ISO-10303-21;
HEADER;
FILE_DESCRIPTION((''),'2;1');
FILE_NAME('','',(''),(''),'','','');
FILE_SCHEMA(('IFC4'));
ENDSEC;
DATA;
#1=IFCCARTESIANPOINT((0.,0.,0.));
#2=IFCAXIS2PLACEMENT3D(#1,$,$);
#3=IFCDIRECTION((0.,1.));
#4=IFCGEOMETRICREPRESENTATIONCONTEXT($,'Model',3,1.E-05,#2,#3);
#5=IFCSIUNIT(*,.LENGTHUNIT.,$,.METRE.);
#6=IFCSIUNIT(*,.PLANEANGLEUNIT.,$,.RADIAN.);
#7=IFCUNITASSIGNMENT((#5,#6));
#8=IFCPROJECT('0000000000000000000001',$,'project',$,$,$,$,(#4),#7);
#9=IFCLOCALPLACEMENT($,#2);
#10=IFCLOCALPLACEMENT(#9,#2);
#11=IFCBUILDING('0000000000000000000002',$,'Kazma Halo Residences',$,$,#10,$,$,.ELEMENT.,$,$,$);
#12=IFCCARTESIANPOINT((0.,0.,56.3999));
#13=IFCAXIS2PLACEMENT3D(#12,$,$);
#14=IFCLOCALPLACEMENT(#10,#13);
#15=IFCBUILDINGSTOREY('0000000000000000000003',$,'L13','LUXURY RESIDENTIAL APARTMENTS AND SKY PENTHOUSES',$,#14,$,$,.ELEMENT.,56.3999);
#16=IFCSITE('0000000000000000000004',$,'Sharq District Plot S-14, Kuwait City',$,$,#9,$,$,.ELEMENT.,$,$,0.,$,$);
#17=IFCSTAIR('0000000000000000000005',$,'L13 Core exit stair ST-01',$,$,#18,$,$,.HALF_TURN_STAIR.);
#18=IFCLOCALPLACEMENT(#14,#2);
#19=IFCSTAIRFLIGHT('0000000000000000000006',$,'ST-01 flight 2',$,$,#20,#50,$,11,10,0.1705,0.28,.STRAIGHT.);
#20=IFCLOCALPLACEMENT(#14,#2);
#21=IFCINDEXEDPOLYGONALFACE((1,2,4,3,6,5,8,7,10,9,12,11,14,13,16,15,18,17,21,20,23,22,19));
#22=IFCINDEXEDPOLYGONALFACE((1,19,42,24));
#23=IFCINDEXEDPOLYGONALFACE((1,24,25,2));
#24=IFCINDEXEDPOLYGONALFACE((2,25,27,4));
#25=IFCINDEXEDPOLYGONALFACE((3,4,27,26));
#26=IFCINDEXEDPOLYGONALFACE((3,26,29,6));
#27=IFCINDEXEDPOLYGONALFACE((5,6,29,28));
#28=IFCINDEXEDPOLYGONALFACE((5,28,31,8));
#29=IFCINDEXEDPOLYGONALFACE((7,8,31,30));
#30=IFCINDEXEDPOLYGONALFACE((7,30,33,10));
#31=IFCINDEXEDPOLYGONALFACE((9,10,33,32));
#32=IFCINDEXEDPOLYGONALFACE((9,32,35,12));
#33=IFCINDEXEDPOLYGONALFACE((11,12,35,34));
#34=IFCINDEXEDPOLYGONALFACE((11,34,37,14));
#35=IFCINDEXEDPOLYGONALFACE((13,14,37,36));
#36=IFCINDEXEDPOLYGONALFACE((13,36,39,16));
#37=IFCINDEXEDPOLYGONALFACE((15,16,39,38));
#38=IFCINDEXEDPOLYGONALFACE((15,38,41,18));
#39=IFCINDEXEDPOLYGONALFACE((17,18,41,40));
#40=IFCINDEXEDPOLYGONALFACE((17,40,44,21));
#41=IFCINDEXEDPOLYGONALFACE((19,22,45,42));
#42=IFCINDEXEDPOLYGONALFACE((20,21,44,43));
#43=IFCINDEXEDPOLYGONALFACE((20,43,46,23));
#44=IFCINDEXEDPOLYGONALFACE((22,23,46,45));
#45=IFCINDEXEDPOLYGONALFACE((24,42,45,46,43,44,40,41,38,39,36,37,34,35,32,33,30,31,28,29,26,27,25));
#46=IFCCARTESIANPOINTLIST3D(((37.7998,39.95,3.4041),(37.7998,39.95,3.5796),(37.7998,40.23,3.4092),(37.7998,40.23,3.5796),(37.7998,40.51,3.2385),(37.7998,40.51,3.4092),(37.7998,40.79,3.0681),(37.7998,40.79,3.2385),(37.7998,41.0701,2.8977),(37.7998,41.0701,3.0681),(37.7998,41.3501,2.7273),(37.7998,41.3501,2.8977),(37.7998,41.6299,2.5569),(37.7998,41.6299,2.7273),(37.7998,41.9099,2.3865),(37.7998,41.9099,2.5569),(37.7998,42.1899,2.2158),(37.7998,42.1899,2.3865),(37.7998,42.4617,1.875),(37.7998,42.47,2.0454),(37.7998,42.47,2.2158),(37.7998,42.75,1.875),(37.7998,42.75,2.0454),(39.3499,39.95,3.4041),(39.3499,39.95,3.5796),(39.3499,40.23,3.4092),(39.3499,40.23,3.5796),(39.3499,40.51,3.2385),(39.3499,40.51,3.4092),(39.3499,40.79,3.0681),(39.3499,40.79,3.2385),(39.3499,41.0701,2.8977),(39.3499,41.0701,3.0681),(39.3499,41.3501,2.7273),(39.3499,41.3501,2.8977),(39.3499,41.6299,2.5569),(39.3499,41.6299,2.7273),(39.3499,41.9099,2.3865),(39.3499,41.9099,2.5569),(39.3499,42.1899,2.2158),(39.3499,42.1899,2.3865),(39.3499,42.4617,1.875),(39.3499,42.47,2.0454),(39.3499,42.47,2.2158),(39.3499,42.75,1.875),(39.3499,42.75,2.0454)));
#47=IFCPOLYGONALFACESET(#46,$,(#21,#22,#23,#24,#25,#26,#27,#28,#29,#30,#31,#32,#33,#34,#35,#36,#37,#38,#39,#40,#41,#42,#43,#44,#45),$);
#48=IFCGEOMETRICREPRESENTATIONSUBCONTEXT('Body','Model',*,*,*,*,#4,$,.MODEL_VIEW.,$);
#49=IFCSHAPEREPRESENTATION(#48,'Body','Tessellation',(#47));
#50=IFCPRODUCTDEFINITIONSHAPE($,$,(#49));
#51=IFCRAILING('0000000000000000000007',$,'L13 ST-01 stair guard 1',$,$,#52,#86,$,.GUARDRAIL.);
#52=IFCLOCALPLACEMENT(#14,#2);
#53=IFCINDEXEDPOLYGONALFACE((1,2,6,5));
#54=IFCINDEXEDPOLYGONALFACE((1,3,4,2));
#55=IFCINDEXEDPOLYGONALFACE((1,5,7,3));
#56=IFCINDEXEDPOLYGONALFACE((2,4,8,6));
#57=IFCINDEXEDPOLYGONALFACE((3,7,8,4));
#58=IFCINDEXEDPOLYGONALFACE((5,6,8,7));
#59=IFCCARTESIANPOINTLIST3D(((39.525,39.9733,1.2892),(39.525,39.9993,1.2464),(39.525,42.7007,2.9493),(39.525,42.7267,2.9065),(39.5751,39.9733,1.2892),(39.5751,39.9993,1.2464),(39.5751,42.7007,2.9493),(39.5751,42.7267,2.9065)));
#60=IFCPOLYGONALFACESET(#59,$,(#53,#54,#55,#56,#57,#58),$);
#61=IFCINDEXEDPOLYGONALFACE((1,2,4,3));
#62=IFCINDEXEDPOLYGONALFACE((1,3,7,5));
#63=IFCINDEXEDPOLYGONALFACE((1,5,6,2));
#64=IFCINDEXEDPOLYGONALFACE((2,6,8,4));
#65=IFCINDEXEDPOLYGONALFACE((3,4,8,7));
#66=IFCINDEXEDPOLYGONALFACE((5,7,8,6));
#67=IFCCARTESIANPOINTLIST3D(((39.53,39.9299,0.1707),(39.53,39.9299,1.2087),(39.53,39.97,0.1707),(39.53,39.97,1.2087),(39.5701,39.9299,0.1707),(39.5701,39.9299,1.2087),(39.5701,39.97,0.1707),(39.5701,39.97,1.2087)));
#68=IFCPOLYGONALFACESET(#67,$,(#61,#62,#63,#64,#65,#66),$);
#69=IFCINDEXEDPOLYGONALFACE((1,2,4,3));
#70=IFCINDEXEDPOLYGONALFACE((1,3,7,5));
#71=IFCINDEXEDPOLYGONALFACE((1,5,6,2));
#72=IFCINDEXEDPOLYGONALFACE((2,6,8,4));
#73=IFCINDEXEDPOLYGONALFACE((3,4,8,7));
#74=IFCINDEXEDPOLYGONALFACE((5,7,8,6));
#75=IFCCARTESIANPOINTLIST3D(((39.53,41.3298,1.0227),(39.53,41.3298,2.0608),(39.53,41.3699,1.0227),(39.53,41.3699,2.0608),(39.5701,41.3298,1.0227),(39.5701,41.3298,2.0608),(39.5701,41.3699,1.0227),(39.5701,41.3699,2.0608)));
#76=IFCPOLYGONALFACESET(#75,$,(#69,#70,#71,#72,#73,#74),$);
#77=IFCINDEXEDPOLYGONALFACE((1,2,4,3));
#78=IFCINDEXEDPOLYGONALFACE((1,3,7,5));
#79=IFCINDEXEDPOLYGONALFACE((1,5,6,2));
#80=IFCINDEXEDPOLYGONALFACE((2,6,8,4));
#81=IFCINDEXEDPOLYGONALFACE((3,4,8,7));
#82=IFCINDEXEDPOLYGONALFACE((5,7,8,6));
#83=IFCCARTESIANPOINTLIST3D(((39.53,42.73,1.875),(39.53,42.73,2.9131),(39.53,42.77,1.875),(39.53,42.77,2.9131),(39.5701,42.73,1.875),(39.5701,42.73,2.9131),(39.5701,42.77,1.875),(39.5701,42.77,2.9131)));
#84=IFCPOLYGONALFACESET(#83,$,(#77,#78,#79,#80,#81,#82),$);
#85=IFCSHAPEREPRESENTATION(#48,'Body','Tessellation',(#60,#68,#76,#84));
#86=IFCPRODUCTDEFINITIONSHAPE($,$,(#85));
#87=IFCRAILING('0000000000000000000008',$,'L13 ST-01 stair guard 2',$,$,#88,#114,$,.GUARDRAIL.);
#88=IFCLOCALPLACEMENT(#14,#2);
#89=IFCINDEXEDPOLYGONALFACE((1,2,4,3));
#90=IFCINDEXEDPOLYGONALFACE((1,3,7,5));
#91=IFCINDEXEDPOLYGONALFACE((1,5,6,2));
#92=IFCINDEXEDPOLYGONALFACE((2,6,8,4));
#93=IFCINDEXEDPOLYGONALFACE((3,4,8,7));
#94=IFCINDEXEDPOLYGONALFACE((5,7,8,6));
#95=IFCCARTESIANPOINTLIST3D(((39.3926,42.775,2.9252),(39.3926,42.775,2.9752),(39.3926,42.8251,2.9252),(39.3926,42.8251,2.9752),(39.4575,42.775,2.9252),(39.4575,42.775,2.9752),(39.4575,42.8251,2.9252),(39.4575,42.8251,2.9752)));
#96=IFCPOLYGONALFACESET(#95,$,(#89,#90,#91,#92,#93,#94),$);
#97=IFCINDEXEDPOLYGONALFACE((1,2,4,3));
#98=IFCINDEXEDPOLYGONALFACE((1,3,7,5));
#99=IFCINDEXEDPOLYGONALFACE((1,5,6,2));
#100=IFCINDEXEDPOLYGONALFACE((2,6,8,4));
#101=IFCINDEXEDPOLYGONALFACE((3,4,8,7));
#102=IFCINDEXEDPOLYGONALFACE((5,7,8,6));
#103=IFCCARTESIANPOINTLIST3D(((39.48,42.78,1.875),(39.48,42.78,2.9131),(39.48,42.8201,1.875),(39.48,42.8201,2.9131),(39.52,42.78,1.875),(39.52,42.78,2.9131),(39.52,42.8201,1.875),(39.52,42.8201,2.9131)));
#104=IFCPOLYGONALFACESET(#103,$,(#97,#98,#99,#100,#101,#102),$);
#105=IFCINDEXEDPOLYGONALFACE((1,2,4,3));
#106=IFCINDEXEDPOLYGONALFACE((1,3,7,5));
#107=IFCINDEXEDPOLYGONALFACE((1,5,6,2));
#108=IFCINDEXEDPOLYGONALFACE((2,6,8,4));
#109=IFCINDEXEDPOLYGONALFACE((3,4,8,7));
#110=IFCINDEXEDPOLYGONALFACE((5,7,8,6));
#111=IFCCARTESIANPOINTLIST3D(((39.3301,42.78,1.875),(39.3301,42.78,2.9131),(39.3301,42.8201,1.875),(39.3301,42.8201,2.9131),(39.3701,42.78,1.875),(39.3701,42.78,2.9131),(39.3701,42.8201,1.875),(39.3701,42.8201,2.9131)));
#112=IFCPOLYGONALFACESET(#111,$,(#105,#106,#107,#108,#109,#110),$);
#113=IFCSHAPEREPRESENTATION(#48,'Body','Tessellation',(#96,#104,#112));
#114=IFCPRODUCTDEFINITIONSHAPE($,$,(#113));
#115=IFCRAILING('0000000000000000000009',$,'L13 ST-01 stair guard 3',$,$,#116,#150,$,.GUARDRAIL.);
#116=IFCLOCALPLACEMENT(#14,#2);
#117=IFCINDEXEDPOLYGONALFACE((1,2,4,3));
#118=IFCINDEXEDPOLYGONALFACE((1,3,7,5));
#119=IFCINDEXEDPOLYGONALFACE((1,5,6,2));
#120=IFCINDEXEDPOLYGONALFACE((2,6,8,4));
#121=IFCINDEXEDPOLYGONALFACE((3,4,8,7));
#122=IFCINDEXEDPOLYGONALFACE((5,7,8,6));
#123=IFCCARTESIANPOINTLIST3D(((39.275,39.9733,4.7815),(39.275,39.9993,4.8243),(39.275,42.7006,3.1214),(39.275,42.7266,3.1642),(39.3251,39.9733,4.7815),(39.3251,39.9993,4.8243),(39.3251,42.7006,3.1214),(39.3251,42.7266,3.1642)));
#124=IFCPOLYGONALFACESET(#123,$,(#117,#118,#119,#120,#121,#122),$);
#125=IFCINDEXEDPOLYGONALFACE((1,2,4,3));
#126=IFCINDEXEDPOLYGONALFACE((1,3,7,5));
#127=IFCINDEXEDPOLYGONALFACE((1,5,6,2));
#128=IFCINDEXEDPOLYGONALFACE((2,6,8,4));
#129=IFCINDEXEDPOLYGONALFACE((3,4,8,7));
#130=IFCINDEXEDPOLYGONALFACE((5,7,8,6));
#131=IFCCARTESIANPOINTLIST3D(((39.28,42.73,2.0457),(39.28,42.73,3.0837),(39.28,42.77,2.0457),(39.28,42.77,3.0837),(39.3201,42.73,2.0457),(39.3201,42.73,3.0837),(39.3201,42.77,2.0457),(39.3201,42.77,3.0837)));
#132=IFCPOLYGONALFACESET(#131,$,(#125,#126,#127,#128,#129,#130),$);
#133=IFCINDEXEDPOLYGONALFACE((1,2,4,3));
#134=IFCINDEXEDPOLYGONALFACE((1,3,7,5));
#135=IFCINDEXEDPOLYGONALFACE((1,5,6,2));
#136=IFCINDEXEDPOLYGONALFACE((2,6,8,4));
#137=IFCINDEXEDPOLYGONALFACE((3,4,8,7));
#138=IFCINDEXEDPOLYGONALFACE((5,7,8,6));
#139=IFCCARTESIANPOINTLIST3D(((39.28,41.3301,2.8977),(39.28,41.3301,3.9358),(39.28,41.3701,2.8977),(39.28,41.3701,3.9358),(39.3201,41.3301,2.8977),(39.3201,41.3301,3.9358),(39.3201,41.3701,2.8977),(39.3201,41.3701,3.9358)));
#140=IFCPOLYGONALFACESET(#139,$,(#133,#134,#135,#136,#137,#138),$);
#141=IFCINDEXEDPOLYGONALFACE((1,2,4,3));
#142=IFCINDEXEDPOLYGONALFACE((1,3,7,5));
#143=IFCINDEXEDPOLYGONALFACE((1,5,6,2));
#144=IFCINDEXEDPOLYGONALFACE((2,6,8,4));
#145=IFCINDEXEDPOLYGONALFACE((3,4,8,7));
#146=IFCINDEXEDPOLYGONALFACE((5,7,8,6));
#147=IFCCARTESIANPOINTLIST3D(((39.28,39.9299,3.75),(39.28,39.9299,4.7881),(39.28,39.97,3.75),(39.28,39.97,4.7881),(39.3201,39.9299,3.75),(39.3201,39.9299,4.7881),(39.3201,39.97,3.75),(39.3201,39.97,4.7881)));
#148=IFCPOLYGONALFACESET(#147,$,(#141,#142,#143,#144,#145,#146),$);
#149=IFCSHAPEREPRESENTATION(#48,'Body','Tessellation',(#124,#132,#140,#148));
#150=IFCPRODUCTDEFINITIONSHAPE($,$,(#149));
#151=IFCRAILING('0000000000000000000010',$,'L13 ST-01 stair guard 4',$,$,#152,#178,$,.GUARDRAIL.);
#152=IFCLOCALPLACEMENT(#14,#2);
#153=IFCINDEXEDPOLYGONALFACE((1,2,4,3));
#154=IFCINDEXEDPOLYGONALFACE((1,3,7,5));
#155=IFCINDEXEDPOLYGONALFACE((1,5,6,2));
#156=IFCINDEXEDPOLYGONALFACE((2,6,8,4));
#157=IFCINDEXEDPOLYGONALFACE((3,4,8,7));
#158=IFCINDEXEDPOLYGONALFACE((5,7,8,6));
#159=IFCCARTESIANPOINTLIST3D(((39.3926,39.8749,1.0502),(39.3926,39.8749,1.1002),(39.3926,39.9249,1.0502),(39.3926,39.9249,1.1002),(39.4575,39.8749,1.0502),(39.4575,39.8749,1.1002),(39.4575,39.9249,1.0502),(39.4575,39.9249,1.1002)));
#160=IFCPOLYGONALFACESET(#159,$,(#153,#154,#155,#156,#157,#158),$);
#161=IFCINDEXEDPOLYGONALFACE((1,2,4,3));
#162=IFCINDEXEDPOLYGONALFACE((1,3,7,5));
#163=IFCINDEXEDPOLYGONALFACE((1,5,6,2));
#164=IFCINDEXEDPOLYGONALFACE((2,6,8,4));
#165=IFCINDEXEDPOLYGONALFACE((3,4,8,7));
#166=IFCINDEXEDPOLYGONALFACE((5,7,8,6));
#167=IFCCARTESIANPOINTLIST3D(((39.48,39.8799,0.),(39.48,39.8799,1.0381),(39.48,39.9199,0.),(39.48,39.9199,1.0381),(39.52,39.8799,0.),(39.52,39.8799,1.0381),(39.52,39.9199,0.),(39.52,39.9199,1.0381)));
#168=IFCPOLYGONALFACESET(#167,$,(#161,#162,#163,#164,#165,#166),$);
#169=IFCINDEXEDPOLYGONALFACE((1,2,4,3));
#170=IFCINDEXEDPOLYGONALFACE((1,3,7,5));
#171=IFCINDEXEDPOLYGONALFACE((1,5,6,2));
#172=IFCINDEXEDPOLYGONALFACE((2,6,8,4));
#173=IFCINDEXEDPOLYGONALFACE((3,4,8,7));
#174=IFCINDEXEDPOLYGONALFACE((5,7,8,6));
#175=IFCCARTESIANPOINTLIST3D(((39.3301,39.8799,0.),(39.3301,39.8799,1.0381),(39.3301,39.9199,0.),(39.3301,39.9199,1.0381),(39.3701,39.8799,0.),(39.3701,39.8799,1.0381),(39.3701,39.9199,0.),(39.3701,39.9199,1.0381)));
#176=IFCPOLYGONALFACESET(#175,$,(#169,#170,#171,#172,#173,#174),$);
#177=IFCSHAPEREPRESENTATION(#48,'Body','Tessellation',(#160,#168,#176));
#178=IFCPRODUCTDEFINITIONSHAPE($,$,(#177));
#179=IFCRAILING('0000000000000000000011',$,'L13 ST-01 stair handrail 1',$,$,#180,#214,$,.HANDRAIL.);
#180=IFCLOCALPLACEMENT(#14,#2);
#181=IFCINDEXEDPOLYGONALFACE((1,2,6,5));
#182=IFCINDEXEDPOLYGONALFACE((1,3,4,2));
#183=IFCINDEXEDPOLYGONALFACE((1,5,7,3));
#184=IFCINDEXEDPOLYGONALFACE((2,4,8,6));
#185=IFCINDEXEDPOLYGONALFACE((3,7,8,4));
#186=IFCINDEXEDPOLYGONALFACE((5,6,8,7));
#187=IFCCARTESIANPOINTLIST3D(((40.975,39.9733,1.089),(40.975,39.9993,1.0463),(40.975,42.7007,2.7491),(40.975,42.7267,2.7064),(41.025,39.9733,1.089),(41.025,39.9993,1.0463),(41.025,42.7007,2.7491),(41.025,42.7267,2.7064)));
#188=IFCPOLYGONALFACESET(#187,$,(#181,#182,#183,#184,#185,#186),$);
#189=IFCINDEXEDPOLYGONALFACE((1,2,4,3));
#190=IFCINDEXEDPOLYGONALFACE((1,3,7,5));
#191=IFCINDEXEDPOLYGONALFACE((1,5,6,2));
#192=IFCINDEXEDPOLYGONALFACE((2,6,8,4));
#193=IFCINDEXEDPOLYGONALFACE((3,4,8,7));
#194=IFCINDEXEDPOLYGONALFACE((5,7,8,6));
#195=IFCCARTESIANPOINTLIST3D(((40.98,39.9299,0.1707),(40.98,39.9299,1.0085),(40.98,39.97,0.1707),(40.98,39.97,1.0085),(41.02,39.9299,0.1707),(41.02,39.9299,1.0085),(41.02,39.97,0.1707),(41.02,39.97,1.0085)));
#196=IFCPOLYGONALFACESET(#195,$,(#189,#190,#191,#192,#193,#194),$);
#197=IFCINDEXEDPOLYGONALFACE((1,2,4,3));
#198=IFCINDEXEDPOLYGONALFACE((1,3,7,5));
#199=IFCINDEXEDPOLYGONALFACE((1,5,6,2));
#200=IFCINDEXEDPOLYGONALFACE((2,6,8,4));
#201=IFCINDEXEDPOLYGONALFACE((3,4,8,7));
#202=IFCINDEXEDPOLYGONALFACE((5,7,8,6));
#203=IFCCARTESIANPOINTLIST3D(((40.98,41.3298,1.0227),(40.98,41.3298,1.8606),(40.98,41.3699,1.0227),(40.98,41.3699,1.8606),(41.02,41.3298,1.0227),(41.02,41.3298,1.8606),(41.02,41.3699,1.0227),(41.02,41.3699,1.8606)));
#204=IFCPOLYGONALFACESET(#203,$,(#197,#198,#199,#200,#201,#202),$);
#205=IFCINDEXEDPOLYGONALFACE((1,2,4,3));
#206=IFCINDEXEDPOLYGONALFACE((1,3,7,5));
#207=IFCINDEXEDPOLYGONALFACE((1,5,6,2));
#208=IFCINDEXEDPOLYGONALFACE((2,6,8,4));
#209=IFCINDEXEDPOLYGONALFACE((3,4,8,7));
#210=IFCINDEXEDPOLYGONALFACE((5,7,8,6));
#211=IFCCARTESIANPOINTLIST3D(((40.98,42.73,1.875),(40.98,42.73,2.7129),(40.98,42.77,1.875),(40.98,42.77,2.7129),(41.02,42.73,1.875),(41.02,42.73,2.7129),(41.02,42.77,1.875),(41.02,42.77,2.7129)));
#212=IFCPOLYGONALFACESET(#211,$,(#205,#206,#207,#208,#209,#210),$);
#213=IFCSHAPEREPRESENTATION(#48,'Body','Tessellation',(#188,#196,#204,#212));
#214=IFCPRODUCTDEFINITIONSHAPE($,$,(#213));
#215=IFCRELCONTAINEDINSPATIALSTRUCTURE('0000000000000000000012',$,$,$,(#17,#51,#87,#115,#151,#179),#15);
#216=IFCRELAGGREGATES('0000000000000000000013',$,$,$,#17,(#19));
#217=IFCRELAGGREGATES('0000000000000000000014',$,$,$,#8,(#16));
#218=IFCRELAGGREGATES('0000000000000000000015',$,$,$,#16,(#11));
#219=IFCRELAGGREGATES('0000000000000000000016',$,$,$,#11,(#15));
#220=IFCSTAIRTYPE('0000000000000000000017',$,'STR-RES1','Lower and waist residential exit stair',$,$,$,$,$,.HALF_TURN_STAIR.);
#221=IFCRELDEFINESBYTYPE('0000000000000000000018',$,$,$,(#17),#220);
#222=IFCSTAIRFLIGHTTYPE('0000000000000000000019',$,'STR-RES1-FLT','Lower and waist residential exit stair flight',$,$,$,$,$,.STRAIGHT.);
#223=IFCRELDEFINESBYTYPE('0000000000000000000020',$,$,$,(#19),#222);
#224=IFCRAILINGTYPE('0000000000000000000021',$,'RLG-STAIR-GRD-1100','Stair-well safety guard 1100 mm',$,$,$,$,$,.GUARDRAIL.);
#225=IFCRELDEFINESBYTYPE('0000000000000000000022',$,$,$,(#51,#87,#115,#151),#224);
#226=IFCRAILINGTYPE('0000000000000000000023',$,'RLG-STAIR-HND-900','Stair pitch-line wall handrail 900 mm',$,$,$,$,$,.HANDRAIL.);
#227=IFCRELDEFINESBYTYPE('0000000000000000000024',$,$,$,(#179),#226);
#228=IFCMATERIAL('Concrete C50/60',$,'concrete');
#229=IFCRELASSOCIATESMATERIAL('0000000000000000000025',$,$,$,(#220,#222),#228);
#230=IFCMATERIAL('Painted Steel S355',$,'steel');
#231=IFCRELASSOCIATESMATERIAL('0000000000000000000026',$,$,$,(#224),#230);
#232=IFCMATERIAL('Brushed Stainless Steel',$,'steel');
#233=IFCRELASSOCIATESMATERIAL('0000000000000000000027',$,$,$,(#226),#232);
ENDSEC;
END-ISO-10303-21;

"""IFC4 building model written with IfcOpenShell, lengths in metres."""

from ifc_helpers import new_model, si_unit, direction, frame, origin, origin_2d, place, context, subcontext, project, spatial, polyline, rectangle, outline, extrude, material, type_object, element, aggregate, save


model = new_model("IFC4")

# Units and contexts
model_context = context("Model", 3, precision=1e-05, world=origin(), true_north=direction((0.0, 1.0)))
body_context = subcontext(model_context, "Body", "Model", "MODEL_VIEW")
ifc_project = project(units=[si_unit("LENGTHUNIT", "METRE"), si_unit("PLANEANGLEUNIT", "RADIAN")], contexts=[model_context])

# Site, building, storey
site_placement = place(None, origin())
site = spatial("IfcSite", under=ifc_project, at=site_placement, Name="Sharq District Plot S-14, Kuwait City", CompositionType="ELEMENT", RefElevation=0.0)
building_placement = place(site_placement, origin())
building = spatial("IfcBuilding", under=site, at=building_placement, Name="Kazma Halo Residences", CompositionType="ELEMENT")
storey_placement = place(building_placement, frame((0.0, 0.0, 56.3999)))
storey = spatial("IfcBuildingStorey", under=building, at=storey_placement, Name="L13", Description="LUXURY RESIDENTIAL APARTMENTS AND SKY PENTHOUSES", CompositionType="ELEMENT", Elevation=56.3999)

# Stair, stair flight
ifc_material_1 = material(Name="Concrete C50/60", Category="concrete")
stair_type = type_object("IfcStairType", Name="STR-RES1", Description="Lower and waist residential exit stair", PredefinedType="HALF_TURN_STAIR", material=ifc_material_1)
stair_placement = place(storey_placement, origin())
stair = element("IfcStair", 1, at=stair_placement, inside=storey, type_object=stair_type, Name="L13 Core exit stair ST-01", PredefinedType="HALF_TURN_STAIR")
stair_flight_type = type_object("IfcStairFlightType", Name="STR-RES1-FLT", Description="Lower and waist residential exit stair flight", PredefinedType="STRAIGHT", material=ifc_material_1)
stair_flight_1_placement = place(storey_placement, frame((38.575, 42.75, 1.875), z_axis=(0.0, 0.0, 1.0), x_axis=(0.0, -1.0, 0.0)))
stair_flight_1 = element("IfcStairFlight", 2, at=stair_flight_1_placement, type_object=stair_flight_type, Name="ST-01 flight 2", NumberOfRisers=11, NumberOfTreads=10, PredefinedType="STRAIGHT", RiserHeight=0.1705, TreadLength=0.28, context=body_context, shape_type="SweptSolid", body=[
    extrude(outline(polyline([(0.0, 0.0), (0.0, 0.1704), (0.28, 0.1704), (0.28, 0.3408), (0.5601, 0.3408), (0.5601, 0.5115), (0.8401, 0.5115), (0.8401, 0.6819), (1.1201, 0.6819), (1.1201, 0.8523), (1.3999, 0.8523), (1.3999, 1.0227), (1.6799, 1.0227), (1.6799, 1.1931), (1.96, 1.1931), (1.96, 1.3635), (2.24, 1.3635), (2.24, 1.5342), (2.52, 1.5342), (2.52, 1.7046), (2.8, 1.7046), (2.8, 1.875), (2.8, 1.5291), (0.2883, 0.0), (0.0, 0.0)])), frame((0.0, 0.7749, 0.0), z_axis=(0.0, -1.0, 0.0), x_axis=(1.0, 0.0, 0.0)), (0.0, 0.0, 1.0), 1.55),
])
aggregate(stair, [stair_flight_1])

# Railings
ifc_material_2 = material(Name="Painted Steel S355", Category="steel")
railing_type_1 = type_object("IfcRailingType", Name="RLG-STAIR-GRD-1100", Description="Stair-well safety guard 1100 mm", PredefinedType="GUARDRAIL", material=ifc_material_2)
railing_1_placement = place(storey_placement, frame((39.55, 39.95, 0.1707)))
element("IfcRailing", 3, at=railing_1_placement, inside=storey, type_object=railing_type_1, Name="L13 ST-01 stair guard 1", PredefinedType="GUARDRAIL", context=body_context, shape_type="SweptSolid", body=[
    extrude(rectangle(XDim=0.05, YDim=0.05, at=origin_2d()), frame((0.0, 0.0364, 1.0972), z_axis=(0.0, 0.854203, 0.51994), x_axis=(-1.0, 0.0, 0.0)), (0.0, 0.0, 1.0), 3.1929),
    extrude(rectangle(XDim=0.04, YDim=0.04, at=origin_2d()), origin(), (0.0, 0.0, 1.0), 1.0381),
    extrude(rectangle(XDim=0.04, YDim=0.04, at=origin_2d()), frame((0.0, 1.3999, 0.8521)), (0.0, 0.0, 1.0), 1.0381),
    extrude(rectangle(XDim=0.04, YDim=0.04, at=origin_2d()), frame((0.0, 2.8, 1.7043)), (0.0, 0.0, 1.0), 1.0381),
])
railing_2_placement = place(storey_placement, frame((39.5, 42.8, 1.875)))
element("IfcRailing", 4, at=railing_2_placement, inside=storey, type_object=railing_type_1, Name="L13 ST-01 stair guard 2", PredefinedType="GUARDRAIL", context=body_context, shape_type="SweptSolid", body=[
    extrude(rectangle(XDim=0.05, YDim=0.05, at=origin_2d()), frame((-0.0425, 0.0, 1.0752), z_axis=(-1.0, 0.0, 0.0), x_axis=(0.0, -1.0, 0.0)), (0.0, 0.0, 1.0), 0.0649),
    extrude(rectangle(XDim=0.04, YDim=0.04, at=origin_2d()), origin(), (0.0, 0.0, 1.0), 1.0381),
    extrude(rectangle(XDim=0.04, YDim=0.04, at=origin_2d()), frame((-0.1499, 0.0, 0.0)), (0.0, 0.0, 1.0), 1.0381),
])
railing_3_placement = place(storey_placement, frame((39.3, 42.75, 2.0457)))
element("IfcRailing", 5, at=railing_3_placement, inside=storey, type_object=railing_type_1, Name="L13 ST-01 stair guard 3", PredefinedType="GUARDRAIL", context=body_context, shape_type="SweptSolid", body=[
    extrude(rectangle(XDim=0.05, YDim=0.05, at=origin_2d()), frame((0.0, -0.0364, 1.0972), z_axis=(0.0, -0.854203, 0.51994), x_axis=(1.0, 0.0, 0.0)), (0.0, 0.0, 1.0), 3.1929),
    extrude(rectangle(XDim=0.04, YDim=0.04, at=origin_2d()), origin(), (0.0, 0.0, 1.0), 1.0381),
    extrude(rectangle(XDim=0.04, YDim=0.04, at=origin_2d()), frame((0.0, -1.3999, 0.8521)), (0.0, 0.0, 1.0), 1.0381),
    extrude(rectangle(XDim=0.04, YDim=0.04, at=origin_2d()), frame((0.0, -2.8, 1.7043)), (0.0, 0.0, 1.0), 1.0381),
])
railing_4_placement = place(storey_placement, frame((39.5, 39.8999, 0.0)))
element("IfcRailing", 6, at=railing_4_placement, inside=storey, type_object=railing_type_1, Name="L13 ST-01 stair guard 4", PredefinedType="GUARDRAIL", context=body_context, shape_type="SweptSolid", body=[
    extrude(rectangle(XDim=0.05, YDim=0.05, at=origin_2d()), frame((-0.0425, 0.0, 1.0752), z_axis=(-1.0, 0.0, 0.0), x_axis=(0.0, -1.0, 0.0)), (0.0, 0.0, 1.0), 0.0649),
    extrude(rectangle(XDim=0.04, YDim=0.04, at=origin_2d()), origin(), (0.0, 0.0, 1.0), 1.0381),
    extrude(rectangle(XDim=0.04, YDim=0.04, at=origin_2d()), frame((-0.1499, 0.0, 0.0)), (0.0, 0.0, 1.0), 1.0381),
])
ifc_material_3 = material(Name="Brushed Stainless Steel", Category="steel")
railing_type_2 = type_object("IfcRailingType", Name="RLG-STAIR-HND-900", Description="Stair pitch-line wall handrail 900 mm", PredefinedType="HANDRAIL", material=ifc_material_3)
railing_5_placement = place(storey_placement, frame((41.0, 39.95, 0.1707)))
element("IfcRailing", 7, at=railing_5_placement, inside=storey, type_object=railing_type_2, Name="L13 ST-01 stair handrail 1", PredefinedType="HANDRAIL", context=body_context, shape_type="SweptSolid", body=[
    extrude(rectangle(XDim=0.05, YDim=0.05, at=origin_2d()), frame((0.0, 0.0364, 0.897), z_axis=(0.0, 0.854203, 0.51994), x_axis=(-1.0, 0.0, 0.0)), (0.0, 0.0, 1.0), 3.1929),
    extrude(rectangle(XDim=0.04, YDim=0.04, at=origin_2d()), origin(), (0.0, 0.0, 1.0), 0.8379),
    extrude(rectangle(XDim=0.04, YDim=0.04, at=origin_2d()), frame((0.0, 1.3999, 0.8521)), (0.0, 0.0, 1.0), 0.8379),
    extrude(rectangle(XDim=0.04, YDim=0.04, at=origin_2d()), frame((0.0, 2.8, 1.7043)), (0.0, 0.0, 1.0), 0.8379),
])

save(model, "model.ifc")
